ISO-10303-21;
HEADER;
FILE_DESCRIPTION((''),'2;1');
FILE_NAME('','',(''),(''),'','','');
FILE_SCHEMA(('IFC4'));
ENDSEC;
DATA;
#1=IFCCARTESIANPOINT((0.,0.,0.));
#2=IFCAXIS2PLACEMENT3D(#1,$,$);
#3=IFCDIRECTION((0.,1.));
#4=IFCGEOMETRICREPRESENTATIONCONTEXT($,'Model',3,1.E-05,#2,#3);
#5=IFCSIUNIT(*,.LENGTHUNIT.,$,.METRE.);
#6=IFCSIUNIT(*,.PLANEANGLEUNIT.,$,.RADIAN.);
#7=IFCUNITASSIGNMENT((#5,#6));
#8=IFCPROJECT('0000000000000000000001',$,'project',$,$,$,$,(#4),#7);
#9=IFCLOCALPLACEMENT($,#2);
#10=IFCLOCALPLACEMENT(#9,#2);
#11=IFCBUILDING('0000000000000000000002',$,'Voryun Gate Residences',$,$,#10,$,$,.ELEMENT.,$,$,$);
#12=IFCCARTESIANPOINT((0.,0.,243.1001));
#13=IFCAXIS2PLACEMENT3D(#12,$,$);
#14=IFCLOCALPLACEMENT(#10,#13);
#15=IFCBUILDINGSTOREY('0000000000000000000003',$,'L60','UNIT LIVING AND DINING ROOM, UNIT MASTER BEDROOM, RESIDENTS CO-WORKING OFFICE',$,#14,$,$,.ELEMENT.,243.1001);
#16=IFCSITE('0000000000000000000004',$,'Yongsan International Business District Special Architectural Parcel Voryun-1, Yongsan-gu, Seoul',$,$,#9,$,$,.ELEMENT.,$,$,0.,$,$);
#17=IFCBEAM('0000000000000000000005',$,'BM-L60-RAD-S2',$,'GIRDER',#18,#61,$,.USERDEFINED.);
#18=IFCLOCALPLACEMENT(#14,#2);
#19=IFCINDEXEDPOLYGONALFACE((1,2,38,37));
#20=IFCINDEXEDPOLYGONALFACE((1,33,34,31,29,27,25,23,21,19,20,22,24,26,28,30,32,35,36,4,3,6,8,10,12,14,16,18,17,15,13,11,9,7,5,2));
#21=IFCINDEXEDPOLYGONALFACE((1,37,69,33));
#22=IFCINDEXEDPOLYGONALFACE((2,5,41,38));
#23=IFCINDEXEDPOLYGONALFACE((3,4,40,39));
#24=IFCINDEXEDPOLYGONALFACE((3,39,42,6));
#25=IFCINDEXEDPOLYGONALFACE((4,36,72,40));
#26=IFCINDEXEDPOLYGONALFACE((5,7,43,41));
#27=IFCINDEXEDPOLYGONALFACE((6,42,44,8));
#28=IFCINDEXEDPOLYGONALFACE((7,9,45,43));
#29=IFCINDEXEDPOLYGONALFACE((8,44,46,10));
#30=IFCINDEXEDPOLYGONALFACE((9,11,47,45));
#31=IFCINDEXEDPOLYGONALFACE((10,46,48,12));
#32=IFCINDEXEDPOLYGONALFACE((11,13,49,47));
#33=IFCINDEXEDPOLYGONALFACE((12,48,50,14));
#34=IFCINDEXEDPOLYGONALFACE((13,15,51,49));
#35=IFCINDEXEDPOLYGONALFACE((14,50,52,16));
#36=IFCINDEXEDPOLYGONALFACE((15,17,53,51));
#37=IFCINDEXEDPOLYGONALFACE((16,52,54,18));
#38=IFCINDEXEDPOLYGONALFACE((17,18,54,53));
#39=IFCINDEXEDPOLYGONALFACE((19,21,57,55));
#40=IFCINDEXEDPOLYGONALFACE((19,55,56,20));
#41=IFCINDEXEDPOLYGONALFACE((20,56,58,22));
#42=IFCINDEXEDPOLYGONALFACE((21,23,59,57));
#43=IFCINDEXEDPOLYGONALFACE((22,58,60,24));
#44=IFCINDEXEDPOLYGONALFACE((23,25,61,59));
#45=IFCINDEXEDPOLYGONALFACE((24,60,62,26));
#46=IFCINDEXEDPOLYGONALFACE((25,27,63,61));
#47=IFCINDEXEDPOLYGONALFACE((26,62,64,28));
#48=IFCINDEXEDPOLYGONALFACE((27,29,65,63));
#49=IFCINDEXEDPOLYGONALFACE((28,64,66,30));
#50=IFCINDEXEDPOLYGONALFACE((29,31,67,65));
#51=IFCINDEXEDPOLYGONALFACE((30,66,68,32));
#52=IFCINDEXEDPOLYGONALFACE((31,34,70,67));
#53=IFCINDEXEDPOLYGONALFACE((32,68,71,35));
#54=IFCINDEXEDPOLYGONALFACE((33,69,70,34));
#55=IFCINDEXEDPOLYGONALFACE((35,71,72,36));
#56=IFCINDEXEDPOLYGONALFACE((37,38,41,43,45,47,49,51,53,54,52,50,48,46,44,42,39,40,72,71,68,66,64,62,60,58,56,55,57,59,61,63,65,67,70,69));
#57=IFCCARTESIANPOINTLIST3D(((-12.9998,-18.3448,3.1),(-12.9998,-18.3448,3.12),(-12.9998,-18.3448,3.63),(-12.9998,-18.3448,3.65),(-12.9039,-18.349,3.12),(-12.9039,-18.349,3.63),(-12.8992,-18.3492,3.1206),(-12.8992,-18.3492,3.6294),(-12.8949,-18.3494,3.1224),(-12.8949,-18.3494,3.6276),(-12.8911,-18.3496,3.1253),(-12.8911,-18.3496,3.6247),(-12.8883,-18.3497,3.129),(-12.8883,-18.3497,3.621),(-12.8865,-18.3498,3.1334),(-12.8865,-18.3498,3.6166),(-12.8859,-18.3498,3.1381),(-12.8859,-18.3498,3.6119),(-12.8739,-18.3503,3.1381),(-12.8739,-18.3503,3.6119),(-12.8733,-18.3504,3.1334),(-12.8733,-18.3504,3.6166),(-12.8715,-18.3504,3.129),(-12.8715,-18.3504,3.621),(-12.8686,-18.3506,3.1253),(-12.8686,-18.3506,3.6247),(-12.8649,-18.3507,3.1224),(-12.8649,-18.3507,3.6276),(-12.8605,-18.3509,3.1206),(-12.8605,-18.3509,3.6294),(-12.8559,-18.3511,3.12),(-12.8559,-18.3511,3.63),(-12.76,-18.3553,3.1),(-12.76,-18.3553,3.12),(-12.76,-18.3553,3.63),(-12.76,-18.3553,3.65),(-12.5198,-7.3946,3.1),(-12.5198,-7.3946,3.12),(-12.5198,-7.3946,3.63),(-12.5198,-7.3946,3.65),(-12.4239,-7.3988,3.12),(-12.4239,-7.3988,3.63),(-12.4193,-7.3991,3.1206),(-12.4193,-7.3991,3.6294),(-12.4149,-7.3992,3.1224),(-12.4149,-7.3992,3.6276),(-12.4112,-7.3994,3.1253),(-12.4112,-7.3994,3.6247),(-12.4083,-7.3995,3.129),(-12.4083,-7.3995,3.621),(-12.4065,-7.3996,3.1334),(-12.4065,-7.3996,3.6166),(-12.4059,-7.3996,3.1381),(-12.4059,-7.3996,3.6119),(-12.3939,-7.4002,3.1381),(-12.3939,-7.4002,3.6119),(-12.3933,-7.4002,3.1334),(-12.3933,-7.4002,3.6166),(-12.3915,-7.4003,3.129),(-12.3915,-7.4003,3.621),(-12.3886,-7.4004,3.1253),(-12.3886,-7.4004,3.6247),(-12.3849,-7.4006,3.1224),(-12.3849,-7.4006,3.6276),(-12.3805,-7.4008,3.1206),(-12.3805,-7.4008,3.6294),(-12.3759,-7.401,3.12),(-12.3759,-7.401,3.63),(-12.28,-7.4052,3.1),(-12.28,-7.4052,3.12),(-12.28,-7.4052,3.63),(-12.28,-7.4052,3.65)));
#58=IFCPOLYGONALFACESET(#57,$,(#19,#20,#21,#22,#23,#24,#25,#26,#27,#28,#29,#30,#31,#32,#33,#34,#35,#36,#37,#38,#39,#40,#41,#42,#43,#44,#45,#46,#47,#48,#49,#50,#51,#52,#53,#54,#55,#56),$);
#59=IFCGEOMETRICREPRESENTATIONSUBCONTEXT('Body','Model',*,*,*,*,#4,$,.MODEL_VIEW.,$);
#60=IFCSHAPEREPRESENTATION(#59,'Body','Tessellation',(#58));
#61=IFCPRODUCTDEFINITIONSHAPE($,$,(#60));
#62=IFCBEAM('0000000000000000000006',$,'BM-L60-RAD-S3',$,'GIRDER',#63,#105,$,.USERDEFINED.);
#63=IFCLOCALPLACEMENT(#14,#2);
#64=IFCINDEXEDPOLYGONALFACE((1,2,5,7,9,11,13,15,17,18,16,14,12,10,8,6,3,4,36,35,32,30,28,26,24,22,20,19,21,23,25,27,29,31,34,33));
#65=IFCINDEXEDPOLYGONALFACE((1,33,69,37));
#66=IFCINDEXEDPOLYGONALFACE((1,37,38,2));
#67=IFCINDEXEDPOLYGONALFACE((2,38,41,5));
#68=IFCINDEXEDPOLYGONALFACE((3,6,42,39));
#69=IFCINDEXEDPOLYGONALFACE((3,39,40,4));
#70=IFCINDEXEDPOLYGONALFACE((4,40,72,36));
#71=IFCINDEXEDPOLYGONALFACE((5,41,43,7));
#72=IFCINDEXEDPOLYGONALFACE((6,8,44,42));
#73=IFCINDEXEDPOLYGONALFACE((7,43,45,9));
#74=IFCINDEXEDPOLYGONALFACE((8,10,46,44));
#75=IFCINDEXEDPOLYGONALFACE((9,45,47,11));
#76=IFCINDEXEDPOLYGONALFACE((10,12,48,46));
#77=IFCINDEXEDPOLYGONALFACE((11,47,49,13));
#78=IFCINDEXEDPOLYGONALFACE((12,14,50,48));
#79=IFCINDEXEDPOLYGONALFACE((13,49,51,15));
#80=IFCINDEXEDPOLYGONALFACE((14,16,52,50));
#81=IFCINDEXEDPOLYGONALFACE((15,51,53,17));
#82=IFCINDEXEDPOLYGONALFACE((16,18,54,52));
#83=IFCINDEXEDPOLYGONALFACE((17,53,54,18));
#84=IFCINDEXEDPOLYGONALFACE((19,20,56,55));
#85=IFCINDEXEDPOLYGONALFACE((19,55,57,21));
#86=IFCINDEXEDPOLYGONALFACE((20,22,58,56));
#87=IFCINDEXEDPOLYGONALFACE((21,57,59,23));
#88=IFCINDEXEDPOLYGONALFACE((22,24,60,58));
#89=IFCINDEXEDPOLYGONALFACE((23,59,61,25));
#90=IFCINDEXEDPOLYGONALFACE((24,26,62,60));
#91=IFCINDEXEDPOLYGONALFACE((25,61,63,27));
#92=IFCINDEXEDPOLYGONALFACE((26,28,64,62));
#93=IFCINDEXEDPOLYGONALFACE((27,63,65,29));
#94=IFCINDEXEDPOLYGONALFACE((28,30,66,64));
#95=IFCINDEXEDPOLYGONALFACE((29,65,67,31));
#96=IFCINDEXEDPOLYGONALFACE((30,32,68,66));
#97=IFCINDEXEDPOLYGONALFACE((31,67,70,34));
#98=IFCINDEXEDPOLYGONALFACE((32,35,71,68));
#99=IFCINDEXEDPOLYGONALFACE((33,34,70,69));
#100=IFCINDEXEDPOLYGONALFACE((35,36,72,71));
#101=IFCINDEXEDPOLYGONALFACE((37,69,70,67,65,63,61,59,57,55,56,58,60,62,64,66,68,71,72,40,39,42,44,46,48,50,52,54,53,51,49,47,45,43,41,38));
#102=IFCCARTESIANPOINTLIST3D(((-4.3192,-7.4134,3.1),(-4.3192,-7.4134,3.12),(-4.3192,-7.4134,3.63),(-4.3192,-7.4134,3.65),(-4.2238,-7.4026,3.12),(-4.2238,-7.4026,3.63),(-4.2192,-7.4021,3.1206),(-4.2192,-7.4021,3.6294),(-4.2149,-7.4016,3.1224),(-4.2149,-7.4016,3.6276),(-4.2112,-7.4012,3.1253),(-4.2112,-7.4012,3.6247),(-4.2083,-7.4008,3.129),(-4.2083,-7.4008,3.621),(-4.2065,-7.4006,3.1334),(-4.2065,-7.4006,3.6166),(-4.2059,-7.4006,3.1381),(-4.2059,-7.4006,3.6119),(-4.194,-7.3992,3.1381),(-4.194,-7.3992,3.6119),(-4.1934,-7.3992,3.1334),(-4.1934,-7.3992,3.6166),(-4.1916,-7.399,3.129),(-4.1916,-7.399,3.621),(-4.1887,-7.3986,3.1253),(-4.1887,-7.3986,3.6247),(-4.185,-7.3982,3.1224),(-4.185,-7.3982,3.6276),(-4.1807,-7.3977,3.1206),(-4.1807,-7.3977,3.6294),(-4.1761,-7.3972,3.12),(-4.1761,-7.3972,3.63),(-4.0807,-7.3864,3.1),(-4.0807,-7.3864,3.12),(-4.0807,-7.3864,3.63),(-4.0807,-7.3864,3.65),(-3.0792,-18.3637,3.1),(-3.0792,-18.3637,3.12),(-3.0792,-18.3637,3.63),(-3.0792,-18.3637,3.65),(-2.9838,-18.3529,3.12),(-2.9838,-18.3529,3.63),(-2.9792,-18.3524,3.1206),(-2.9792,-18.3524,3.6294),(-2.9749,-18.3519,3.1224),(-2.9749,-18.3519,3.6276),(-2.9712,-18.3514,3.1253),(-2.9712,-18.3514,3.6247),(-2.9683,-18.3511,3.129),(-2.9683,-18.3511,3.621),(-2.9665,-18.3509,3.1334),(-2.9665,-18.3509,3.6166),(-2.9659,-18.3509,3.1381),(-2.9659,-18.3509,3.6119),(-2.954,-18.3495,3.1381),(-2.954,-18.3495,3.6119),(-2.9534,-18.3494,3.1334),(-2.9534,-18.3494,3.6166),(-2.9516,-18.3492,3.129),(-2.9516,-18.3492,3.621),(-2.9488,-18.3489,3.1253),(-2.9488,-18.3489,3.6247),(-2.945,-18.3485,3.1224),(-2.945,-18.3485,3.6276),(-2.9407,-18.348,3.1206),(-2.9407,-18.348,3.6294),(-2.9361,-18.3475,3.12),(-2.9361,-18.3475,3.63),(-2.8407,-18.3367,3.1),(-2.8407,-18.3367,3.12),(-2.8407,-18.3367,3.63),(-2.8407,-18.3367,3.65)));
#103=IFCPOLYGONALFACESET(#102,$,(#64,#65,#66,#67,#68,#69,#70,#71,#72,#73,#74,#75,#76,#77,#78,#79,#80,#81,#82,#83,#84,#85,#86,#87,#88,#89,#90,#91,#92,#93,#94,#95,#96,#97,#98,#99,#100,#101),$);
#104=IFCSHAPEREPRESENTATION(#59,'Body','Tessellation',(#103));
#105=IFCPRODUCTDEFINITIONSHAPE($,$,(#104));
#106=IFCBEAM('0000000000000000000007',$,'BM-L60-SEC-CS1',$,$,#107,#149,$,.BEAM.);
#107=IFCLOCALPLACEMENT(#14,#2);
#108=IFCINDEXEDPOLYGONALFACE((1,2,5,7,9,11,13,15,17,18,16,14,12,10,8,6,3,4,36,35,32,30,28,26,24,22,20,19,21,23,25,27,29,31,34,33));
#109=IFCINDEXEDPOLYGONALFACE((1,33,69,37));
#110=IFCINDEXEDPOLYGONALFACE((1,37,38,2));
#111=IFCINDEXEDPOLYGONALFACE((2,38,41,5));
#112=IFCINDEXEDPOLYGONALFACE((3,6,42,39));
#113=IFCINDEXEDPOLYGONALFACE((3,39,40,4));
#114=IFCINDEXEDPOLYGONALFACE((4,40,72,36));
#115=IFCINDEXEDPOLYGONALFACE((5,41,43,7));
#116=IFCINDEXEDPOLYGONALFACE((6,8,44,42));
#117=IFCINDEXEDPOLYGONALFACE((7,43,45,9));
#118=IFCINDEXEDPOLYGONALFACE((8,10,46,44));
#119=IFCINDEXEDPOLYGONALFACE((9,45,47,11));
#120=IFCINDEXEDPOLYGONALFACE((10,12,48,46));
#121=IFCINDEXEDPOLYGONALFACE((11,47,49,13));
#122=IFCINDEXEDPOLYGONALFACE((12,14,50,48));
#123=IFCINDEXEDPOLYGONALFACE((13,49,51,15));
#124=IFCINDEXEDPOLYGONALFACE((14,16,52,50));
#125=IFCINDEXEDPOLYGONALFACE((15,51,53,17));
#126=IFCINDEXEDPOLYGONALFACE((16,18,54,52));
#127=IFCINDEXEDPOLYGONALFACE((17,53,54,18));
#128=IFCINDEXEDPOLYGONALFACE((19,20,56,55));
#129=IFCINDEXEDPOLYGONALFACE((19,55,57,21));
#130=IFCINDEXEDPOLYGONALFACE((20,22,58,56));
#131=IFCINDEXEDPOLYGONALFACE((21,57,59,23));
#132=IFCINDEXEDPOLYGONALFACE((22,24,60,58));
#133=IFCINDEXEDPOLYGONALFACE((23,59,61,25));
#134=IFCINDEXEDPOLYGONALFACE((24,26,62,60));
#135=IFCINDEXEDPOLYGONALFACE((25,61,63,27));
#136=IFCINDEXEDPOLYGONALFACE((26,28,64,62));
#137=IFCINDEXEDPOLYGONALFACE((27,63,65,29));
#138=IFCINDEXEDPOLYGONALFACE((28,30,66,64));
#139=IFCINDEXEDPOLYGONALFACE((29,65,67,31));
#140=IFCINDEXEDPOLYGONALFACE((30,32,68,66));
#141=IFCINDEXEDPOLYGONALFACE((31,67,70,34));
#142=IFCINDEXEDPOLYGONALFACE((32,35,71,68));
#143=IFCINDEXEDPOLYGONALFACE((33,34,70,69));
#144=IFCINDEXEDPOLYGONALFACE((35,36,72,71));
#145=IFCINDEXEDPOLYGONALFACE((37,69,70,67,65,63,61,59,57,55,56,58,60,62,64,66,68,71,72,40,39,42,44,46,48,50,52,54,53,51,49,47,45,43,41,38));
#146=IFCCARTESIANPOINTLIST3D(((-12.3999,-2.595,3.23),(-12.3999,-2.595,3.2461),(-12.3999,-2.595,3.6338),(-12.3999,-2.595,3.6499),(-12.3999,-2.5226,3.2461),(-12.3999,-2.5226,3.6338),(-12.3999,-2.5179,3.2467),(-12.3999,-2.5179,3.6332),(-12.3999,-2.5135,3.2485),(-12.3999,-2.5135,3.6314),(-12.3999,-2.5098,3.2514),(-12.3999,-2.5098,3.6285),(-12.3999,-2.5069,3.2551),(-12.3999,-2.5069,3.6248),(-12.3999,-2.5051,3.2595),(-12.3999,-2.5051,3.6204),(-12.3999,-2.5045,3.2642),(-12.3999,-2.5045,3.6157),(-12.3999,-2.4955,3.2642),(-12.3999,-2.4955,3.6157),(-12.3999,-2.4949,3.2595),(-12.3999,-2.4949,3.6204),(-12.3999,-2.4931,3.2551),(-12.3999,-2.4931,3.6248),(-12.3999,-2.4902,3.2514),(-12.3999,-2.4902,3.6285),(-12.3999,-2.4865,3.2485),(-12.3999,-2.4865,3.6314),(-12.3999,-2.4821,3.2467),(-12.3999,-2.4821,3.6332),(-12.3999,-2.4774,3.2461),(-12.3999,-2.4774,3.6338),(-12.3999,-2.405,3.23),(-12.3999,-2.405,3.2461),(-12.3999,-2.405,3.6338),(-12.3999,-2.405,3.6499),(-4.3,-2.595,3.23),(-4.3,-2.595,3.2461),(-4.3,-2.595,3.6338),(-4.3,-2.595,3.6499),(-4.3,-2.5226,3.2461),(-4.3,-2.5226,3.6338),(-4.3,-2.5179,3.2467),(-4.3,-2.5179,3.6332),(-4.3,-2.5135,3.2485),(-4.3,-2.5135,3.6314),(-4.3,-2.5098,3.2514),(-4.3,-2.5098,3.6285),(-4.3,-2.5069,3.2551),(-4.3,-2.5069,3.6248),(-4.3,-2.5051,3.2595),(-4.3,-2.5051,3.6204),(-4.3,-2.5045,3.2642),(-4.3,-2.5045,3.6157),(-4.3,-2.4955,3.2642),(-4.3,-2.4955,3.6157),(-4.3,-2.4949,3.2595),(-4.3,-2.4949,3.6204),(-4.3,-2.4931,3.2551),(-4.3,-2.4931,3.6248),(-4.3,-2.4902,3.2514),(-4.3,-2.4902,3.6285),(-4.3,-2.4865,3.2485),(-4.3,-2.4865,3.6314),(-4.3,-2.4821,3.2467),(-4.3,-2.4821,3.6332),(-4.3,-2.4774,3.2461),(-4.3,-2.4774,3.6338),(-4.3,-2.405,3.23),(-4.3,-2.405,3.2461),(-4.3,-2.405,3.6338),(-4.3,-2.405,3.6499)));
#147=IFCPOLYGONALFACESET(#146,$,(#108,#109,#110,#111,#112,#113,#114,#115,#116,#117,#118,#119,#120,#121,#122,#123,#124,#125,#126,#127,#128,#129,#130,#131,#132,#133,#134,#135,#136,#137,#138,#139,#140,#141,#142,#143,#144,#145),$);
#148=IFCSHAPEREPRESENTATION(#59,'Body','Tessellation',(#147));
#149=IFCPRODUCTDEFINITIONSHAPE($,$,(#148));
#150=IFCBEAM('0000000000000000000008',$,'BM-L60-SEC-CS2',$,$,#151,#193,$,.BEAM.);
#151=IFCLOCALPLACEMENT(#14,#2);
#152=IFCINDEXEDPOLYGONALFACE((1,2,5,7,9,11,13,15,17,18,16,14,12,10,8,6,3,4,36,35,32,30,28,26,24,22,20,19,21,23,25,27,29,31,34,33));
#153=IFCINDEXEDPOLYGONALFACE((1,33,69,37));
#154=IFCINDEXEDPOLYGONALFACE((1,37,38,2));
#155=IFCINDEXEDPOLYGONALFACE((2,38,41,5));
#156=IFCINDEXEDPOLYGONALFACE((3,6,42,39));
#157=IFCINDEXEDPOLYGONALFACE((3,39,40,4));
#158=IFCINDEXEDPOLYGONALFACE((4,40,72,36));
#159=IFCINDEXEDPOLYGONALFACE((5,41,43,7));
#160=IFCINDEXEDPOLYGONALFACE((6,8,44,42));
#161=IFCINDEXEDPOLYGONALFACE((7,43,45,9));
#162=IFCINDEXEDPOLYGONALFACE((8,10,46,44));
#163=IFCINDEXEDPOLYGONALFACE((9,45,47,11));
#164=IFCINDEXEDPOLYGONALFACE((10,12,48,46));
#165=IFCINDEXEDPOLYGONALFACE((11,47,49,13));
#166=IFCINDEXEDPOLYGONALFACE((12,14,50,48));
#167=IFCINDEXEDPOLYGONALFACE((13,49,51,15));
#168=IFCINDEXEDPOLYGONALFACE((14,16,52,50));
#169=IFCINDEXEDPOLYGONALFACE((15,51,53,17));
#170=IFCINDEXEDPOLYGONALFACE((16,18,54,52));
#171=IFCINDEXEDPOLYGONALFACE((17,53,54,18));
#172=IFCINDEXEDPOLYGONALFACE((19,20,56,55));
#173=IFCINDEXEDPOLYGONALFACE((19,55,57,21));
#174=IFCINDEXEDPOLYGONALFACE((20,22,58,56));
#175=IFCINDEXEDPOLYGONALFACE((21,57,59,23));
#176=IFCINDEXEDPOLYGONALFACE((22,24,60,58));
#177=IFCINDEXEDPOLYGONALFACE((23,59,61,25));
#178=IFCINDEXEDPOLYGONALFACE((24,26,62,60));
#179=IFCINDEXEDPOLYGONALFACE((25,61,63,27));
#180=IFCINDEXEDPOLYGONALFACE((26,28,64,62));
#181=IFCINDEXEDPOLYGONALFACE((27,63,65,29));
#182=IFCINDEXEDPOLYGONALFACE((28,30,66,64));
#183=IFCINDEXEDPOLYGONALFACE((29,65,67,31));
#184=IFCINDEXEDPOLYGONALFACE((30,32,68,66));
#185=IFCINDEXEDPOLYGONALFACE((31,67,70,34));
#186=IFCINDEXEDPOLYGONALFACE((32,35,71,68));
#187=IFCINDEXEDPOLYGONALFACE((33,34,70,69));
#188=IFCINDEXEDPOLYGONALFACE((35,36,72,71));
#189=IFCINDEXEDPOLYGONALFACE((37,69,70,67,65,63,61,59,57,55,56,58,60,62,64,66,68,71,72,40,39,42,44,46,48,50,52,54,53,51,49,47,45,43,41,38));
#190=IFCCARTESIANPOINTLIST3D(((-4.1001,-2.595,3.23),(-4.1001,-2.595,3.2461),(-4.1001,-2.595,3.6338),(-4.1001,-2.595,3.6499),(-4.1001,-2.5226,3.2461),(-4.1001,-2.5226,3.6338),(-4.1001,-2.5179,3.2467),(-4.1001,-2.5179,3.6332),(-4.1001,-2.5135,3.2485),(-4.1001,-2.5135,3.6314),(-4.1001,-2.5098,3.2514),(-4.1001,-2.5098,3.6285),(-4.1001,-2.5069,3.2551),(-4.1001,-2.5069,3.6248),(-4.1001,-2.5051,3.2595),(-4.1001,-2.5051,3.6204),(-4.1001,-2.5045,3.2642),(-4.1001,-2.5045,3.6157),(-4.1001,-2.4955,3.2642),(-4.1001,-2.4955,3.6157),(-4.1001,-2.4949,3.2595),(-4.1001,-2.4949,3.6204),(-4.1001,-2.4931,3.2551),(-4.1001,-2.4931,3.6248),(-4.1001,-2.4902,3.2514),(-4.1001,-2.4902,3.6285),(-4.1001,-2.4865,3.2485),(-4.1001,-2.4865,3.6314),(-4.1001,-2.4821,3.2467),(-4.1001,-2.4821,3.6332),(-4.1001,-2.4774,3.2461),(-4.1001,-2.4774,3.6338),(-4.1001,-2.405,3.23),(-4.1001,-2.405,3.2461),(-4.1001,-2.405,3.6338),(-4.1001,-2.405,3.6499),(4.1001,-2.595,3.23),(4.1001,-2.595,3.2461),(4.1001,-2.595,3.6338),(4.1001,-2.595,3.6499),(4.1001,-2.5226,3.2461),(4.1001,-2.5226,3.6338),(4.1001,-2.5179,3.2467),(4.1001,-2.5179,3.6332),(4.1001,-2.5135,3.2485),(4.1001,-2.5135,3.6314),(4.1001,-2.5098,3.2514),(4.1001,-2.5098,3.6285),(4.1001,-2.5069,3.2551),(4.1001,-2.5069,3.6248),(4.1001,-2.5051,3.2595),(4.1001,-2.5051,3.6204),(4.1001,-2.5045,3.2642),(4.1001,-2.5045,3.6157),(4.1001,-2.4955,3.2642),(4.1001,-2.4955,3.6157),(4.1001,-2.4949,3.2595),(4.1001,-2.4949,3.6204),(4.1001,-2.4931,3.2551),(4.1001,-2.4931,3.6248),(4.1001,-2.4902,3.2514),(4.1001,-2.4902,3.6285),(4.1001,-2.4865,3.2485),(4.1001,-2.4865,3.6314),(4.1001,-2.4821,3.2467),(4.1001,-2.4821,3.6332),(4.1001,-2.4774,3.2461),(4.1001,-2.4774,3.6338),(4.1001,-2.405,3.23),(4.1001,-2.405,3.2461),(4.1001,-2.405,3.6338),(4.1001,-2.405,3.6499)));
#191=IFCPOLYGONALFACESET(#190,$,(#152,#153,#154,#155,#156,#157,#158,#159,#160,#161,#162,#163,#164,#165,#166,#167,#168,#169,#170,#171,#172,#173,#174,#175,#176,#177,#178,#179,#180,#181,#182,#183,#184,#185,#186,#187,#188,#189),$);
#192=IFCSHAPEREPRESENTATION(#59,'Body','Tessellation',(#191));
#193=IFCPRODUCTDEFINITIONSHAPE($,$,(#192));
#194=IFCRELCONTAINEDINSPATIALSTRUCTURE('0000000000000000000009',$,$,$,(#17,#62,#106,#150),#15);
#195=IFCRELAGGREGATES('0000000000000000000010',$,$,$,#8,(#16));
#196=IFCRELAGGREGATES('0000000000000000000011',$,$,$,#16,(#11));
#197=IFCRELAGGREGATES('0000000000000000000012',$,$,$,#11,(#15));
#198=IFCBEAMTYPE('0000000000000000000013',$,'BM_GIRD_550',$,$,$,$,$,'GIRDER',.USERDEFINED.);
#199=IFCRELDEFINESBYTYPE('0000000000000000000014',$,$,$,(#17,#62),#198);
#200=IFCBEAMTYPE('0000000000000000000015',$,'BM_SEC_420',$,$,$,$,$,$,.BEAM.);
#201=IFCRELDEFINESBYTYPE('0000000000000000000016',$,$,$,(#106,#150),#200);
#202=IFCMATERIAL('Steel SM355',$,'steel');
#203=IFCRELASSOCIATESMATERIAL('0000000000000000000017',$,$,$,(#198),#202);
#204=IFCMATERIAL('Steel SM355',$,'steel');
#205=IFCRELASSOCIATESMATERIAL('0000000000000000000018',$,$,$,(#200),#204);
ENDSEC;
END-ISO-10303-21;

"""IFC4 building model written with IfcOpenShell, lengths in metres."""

from ifc_helpers import new_model, si_unit, direction, frame, origin, origin_2d, place, context, subcontext, project, spatial, i_section, extrude, material, material_profile, profile_set, type_object, element, save


model = new_model("IFC4")

# Units and contexts
model_context = context("Model", 3, precision=1e-05, world=origin(), true_north=direction((0.0, 1.0)))
body_context = subcontext(model_context, "Body", "Model", "MODEL_VIEW")
ifc_project = project(units=[si_unit("LENGTHUNIT", "METRE"), si_unit("PLANEANGLEUNIT", "RADIAN")], contexts=[model_context])

# Site, building, storey
site_placement = place(None, origin())
site = spatial("IfcSite", under=ifc_project, at=site_placement, Name="Yongsan International Business District Special Architectural Parcel Voryun-1, Yongsan-gu, Seoul", CompositionType="ELEMENT", RefElevation=0.0)
building_placement = place(site_placement, origin())
building = spatial("IfcBuilding", under=site, at=building_placement, Name="Voryun Gate Residences", CompositionType="ELEMENT")
storey_placement = place(building_placement, frame((0.0, 0.0, 243.1001)))
storey = spatial("IfcBuildingStorey", under=building, at=storey_placement, Name="L60", Description="UNIT LIVING AND DINING ROOM, UNIT MASTER BEDROOM, RESIDENTS CO-WORKING OFFICE", CompositionType="ELEMENT", Elevation=243.1001)

# Beams
ifc_material_1 = material(Name="Steel SM355", Category="steel")
ifc_material_profile_1 = material_profile(ifc_material_1, i_section(OverallWidth=0.24, OverallDepth=0.55, WebThickness=0.012, FlangeThickness=0.02, FilletRadius=0.0181, at=origin_2d()), Name="H-550x240x12x20")
ifc_profile_set_1 = profile_set([ifc_material_profile_1], Name="Steel SM355")
beam_type_1 = type_object("IfcBeamType", Name="BM_GIRD_550", ElementType="GIRDER", PredefinedType="USERDEFINED", material=ifc_profile_set_1)
beam_1_placement = place(storey_placement, frame((-12.3999, -7.3999, 3.375), z_axis=(-0.043791, -0.999041, 0.0), x_axis=(0.999041, -0.043791, 0.0)))
element("IfcBeam", 1, at=beam_1_placement, inside=storey, type_object=beam_type_1, Name="BM-L60-RAD-S2", ObjectType="GIRDER", PredefinedType="USERDEFINED", context=body_context, shape_type="SweptSolid", body=[
    extrude(i_section(OverallWidth=0.24, OverallDepth=0.55, WebThickness=0.012, FlangeThickness=0.02, FilletRadius=0.0181, at=origin_2d()), origin(), (0.0, 0.0, 1.0), 10.9607),
])
beam_2_placement = place(storey_placement, frame((-4.2, -7.3999, 3.375), z_axis=(0.11252, -0.993649, 0.0), x_axis=(0.993649, 0.11252, 0.0)))
element("IfcBeam", 2, at=beam_2_placement, inside=storey, type_object=beam_type_1, Name="BM-L60-RAD-S3", ObjectType="GIRDER", PredefinedType="USERDEFINED", context=body_context, shape_type="SweptSolid", body=[
    extrude(i_section(OverallWidth=0.24, OverallDepth=0.55, WebThickness=0.012, FlangeThickness=0.02, FilletRadius=0.0181, at=origin_2d()), origin(), (0.0, 0.0, 1.0), 11.0203),
])
ifc_material_2 = material(Name="Steel SM355", Category="steel")
ifc_material_profile_2 = material_profile(ifc_material_2, i_section(OverallWidth=0.1899, OverallDepth=0.4199, WebThickness=0.009, FlangeThickness=0.0161, FilletRadius=0.0181, at=origin_2d()), Name="H-420x190x9x16")
ifc_profile_set_2 = profile_set([ifc_material_profile_2], Name="Steel SM355")
beam_type_2 = type_object("IfcBeamType", Name="BM_SEC_420", PredefinedType="BEAM", material=ifc_profile_set_2)
beam_3_placement = place(storey_placement, frame((-12.3999, -2.5, 3.4399), z_axis=(1.0, 0.0, 0.0), x_axis=(0.0, 1.0, 0.0)))
element("IfcBeam", 3, at=beam_3_placement, inside=storey, type_object=beam_type_2, Name="BM-L60-SEC-CS1", PredefinedType="BEAM", context=body_context, shape_type="SweptSolid", body=[
    extrude(i_section(OverallWidth=0.1899, OverallDepth=0.4199, WebThickness=0.009, FlangeThickness=0.0161, FilletRadius=0.0181, at=origin_2d()), origin(), (0.0, 0.0, 1.0), 8.0999),
])
beam_4_placement = place(storey_placement, frame((-4.1001, -2.5, 3.4399), z_axis=(1.0, 0.0, 0.0), x_axis=(0.0, 1.0, 0.0)))
element("IfcBeam", 4, at=beam_4_placement, inside=storey, type_object=beam_type_2, Name="BM-L60-SEC-CS2", PredefinedType="BEAM", context=body_context, shape_type="SweptSolid", body=[
    extrude(i_section(OverallWidth=0.1899, OverallDepth=0.4199, WebThickness=0.009, FlangeThickness=0.0161, FilletRadius=0.0181, at=origin_2d()), origin(), (0.0, 0.0, 1.0), 8.2002),
])

save(model, "model.ifc")
